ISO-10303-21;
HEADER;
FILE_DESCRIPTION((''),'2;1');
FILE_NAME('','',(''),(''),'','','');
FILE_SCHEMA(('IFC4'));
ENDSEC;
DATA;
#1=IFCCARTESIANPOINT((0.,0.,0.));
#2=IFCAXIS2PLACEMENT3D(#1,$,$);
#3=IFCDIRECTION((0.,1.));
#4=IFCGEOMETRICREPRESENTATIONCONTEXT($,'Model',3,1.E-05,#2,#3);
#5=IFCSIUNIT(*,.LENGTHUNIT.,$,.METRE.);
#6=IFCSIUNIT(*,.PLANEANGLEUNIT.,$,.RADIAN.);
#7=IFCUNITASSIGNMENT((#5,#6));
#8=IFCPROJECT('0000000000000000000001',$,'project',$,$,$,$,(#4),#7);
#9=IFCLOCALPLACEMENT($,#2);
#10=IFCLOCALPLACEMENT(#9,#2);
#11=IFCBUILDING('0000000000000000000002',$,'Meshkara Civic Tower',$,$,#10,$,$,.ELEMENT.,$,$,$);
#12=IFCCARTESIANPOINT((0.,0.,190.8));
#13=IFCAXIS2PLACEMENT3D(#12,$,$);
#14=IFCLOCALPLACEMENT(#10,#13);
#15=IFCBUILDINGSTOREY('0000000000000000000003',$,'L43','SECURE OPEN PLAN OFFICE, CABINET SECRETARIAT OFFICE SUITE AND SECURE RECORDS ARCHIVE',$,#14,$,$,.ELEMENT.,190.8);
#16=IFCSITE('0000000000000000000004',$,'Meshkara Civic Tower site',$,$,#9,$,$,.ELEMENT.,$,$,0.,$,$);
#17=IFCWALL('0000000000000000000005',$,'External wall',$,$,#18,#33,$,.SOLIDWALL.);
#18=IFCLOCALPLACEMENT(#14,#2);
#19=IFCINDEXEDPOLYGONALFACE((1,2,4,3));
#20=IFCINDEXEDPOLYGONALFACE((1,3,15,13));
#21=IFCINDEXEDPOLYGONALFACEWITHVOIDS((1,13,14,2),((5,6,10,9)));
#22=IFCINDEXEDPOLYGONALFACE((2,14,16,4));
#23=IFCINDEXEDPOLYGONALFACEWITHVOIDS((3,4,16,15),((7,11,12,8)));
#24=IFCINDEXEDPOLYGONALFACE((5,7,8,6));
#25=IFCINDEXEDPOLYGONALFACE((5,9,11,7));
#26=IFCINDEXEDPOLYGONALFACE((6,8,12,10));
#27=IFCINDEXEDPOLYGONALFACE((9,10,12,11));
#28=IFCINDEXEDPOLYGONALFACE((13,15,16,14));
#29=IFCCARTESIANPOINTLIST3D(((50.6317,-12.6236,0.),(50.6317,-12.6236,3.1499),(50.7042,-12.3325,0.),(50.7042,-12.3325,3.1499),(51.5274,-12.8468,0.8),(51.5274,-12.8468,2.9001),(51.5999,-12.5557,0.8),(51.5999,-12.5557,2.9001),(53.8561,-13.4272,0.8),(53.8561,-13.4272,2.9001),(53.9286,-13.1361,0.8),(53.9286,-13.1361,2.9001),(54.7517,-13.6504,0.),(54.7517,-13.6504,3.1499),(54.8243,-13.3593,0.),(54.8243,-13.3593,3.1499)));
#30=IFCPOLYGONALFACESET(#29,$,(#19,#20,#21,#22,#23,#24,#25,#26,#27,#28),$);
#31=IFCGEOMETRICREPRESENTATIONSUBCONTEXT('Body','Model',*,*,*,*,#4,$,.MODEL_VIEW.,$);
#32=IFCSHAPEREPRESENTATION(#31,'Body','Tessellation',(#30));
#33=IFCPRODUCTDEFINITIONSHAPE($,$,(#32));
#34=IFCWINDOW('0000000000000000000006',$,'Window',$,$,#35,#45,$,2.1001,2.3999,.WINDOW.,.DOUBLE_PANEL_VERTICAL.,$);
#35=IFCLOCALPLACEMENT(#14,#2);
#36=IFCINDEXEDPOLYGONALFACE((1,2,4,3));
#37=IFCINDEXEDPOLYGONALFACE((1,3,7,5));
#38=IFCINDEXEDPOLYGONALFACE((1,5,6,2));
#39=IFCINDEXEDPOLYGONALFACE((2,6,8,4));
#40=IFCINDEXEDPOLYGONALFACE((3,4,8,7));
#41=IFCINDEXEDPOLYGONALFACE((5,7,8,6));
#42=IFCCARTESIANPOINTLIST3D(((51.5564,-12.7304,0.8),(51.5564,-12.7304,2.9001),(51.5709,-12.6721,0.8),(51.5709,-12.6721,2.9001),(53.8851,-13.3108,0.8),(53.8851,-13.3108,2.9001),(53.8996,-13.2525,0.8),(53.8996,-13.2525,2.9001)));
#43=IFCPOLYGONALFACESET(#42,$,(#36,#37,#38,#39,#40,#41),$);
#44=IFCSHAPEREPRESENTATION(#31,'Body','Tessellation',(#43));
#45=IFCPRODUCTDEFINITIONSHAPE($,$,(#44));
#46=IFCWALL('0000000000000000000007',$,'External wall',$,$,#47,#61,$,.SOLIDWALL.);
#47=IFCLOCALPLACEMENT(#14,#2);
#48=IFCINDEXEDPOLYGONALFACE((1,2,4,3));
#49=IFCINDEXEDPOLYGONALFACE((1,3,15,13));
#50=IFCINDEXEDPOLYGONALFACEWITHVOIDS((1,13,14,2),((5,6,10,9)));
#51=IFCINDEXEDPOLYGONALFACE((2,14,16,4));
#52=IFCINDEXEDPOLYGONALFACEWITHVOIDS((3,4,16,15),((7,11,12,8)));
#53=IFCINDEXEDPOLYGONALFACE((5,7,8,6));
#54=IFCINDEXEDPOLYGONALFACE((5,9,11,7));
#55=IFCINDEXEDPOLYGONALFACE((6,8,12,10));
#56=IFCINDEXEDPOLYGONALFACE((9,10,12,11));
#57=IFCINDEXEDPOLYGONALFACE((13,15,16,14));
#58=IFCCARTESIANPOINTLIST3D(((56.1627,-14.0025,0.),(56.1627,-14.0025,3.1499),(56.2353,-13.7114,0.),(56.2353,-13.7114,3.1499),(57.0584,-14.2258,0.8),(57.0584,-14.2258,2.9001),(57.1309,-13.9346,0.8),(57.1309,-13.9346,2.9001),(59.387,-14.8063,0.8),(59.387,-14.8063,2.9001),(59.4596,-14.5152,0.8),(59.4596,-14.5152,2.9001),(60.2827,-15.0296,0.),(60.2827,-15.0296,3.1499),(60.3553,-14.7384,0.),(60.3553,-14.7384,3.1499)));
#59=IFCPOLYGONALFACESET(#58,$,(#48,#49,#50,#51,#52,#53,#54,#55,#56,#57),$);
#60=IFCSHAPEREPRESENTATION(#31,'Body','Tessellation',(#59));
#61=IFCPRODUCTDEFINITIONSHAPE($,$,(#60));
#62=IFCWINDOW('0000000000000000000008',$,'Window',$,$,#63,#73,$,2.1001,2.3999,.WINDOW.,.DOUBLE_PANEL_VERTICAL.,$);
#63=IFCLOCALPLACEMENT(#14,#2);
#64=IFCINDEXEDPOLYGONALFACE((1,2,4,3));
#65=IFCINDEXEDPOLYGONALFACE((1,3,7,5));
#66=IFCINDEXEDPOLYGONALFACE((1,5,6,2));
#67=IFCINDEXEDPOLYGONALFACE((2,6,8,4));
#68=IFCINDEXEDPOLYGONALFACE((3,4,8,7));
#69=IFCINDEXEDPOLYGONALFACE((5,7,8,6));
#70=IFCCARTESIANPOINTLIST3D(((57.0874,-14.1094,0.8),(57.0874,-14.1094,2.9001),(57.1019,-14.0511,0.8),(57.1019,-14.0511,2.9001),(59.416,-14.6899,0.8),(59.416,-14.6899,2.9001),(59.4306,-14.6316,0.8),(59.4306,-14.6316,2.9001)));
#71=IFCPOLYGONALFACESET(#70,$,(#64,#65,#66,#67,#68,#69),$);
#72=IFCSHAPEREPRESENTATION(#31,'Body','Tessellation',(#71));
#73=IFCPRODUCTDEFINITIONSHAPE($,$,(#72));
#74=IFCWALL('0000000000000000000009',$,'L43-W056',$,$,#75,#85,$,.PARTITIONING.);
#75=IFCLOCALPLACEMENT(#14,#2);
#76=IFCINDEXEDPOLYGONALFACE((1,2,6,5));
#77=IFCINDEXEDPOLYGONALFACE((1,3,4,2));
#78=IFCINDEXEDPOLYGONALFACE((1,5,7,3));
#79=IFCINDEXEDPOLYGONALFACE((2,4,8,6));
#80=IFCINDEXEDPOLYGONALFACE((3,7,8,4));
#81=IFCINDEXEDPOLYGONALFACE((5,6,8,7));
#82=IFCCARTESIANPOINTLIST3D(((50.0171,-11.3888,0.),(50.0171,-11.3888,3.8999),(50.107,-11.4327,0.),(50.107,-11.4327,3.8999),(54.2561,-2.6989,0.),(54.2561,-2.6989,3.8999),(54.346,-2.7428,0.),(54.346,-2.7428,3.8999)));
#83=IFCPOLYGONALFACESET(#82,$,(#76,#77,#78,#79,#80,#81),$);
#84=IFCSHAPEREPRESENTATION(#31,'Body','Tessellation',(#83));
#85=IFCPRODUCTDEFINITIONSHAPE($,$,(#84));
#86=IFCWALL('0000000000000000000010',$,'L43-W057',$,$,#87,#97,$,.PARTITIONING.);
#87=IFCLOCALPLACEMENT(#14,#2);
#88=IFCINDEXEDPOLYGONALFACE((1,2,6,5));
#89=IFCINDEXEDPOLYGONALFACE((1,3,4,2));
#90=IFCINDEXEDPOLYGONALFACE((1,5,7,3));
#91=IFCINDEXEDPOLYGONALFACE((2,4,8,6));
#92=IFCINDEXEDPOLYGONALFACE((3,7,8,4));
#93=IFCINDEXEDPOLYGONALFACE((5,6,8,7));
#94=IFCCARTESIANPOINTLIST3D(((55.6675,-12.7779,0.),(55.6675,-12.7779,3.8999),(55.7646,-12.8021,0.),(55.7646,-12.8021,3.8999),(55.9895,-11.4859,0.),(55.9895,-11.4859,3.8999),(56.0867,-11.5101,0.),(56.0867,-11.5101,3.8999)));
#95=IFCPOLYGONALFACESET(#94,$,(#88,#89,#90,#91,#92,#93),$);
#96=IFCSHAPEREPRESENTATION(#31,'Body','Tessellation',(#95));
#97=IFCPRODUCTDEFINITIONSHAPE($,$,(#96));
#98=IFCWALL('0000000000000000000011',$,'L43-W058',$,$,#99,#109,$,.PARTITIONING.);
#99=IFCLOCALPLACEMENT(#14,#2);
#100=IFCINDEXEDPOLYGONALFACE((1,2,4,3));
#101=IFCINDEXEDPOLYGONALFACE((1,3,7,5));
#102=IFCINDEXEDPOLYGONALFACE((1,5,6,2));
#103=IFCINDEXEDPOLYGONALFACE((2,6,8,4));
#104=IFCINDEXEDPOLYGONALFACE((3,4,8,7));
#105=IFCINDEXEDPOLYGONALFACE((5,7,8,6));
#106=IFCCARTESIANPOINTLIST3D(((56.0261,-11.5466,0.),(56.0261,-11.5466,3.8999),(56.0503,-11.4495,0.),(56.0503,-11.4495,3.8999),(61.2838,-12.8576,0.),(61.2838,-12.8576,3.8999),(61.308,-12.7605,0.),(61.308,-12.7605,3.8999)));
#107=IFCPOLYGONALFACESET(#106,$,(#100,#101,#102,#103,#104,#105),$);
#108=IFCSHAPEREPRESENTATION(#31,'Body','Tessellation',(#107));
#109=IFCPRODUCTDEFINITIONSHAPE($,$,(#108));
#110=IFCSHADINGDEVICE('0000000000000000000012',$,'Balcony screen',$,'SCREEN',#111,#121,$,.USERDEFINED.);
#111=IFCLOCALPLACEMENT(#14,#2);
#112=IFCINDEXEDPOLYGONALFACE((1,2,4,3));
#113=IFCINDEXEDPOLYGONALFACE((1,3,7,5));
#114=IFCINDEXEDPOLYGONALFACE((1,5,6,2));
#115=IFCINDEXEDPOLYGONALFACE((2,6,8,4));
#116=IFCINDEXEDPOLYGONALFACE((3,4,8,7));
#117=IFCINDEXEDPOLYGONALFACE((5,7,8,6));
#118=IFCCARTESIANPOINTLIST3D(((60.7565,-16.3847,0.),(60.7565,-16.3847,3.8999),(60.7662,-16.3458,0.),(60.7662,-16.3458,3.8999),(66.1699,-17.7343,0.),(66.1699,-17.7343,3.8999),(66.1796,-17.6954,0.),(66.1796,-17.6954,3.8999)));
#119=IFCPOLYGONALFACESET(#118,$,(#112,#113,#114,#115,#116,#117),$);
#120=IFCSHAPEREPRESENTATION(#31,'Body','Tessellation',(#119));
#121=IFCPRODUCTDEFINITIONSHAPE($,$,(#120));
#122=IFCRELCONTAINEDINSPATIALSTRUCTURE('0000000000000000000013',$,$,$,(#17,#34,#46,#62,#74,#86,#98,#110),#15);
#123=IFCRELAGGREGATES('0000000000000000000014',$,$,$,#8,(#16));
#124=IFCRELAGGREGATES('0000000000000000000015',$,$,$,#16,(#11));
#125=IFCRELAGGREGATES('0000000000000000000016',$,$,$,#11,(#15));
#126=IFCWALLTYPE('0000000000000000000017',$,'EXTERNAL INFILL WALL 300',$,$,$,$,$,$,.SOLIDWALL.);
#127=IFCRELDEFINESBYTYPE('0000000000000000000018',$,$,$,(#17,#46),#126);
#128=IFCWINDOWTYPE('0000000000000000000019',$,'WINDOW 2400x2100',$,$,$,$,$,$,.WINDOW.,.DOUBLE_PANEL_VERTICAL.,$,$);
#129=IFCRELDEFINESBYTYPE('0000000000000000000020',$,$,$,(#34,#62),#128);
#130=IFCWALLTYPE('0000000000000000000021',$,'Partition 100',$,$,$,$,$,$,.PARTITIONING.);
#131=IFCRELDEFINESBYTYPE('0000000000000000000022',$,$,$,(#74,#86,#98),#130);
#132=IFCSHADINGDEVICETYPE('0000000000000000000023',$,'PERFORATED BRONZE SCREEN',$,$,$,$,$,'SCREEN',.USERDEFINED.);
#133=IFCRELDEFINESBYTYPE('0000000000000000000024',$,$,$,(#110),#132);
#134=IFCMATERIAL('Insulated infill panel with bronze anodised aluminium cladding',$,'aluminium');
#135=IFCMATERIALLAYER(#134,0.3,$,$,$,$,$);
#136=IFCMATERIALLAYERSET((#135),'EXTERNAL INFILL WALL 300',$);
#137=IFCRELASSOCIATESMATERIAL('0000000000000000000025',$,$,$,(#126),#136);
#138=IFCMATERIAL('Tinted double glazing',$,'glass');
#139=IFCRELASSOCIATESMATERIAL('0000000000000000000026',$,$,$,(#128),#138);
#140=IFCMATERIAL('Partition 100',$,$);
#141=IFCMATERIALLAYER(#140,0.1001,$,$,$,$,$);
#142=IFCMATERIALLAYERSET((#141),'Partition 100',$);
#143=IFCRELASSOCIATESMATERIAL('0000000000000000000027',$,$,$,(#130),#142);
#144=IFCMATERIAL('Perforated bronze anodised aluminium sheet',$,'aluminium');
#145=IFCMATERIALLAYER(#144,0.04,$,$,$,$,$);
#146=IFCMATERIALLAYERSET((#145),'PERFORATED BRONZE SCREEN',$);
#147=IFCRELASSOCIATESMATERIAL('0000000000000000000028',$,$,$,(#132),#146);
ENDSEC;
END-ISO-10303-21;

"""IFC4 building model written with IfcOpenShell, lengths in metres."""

from ifc_helpers import new_model, si_unit, direction, frame, frame_2d, origin, origin_2d, place, context, subcontext, project, spatial, rectangle, extrude, material, layer, layer_set, type_object, element, fill, save


model = new_model("IFC4")

# Units and contexts
model_context = context("Model", 3, precision=1e-05, world=origin(), true_north=direction((0.0, 1.0)))
body_context = subcontext(model_context, "Body", "Model", "MODEL_VIEW")
ifc_project = project(units=[si_unit("LENGTHUNIT", "METRE"), si_unit("PLANEANGLEUNIT", "RADIAN")], contexts=[model_context])

# Site, building, storey
site_placement = place(None, origin())
site = spatial("IfcSite", under=ifc_project, at=site_placement, Name="Meshkara Civic Tower site", CompositionType="ELEMENT", RefElevation=0.0)
building_placement = place(site_placement, origin())
building = spatial("IfcBuilding", under=site, at=building_placement, Name="Meshkara Civic Tower", CompositionType="ELEMENT")
storey_placement = place(building_placement, frame((0.0, 0.0, 190.8)))
storey = spatial("IfcBuildingStorey", under=building, at=storey_placement, Name="L43", Description="SECURE OPEN PLAN OFFICE, CABINET SECRETARIAT OFFICE SUITE AND SECURE RECORDS ARCHIVE", CompositionType="ELEMENT", Elevation=190.8)

# Walls, openings, windows
ifc_material_1 = material(Name="Insulated infill panel with bronze anodised aluminium cladding", Category="aluminium")
ifc_layer_1 = layer(ifc_material_1, 0.3)
ifc_layer_set_1 = layer_set([ifc_layer_1], Name="EXTERNAL INFILL WALL 300")
wall_type_1 = type_object("IfcWallType", Name="EXTERNAL INFILL WALL 300", PredefinedType="SOLIDWALL", material=ifc_layer_set_1)
wall_1_placement = place(storey_placement, frame((50.668, -12.478, 0.0), z_axis=(0.0, 0.0, 1.0), x_axis=(0.970318, -0.241832, 0.0)))
wall_1 = element("IfcWall", 1, at=wall_1_placement, inside=storey, type_object=wall_type_1, Name="External wall", PredefinedType="SOLIDWALL", context=body_context, shape_type="SweptSolid", body=[
    extrude(rectangle(XDim=4.2461, YDim=0.3, at=frame_2d((2.123, 0.0))), origin(), (0.0, 0.0, 1.0), 3.1499),
])
opening_1_placement = place(wall_1_placement, frame((0.9231, 0.0, 0.8)))
opening_1 = element("IfcOpeningElement", 2, at=opening_1_placement, cuts=wall_1, PredefinedType="OPENING", context=body_context, shape_type="SweptSolid", body=[
    extrude(rectangle(XDim=2.3999, YDim=2.1001, at=frame_2d((1.2, 1.05))), frame((0.0, 0.1599, 0.0), z_axis=(0.0, -1.0, 0.0), x_axis=(1.0, 0.0, 0.0)), (0.0, 0.0, 1.0), 0.3201),
])
ifc_material_2 = material(Name="Tinted double glazing", Category="glass")
window_type = type_object("IfcWindowType", Name="WINDOW 2400x2100", PartitioningType="DOUBLE_PANEL_VERTICAL", PredefinedType="WINDOW", material=ifc_material_2)
window_1_placement = place(opening_1_placement, origin())
window_1 = element("IfcWindow", 3, at=window_1_placement, inside=storey, type_object=window_type, Name="Window", OverallHeight=2.1001, OverallWidth=2.3999, PartitioningType="DOUBLE_PANEL_VERTICAL", PredefinedType="WINDOW", context=body_context, shape_type="SweptSolid", body=[
    extrude(rectangle(XDim=2.3999, YDim=2.1001, at=frame_2d((1.2, 1.05))), frame((0.0, 0.03, 0.0), z_axis=(0.0, -1.0, 0.0), x_axis=(1.0, 0.0, 0.0)), (0.0, 0.0, 1.0), 0.0601),
])
fill(opening_1, window_1)
wall_2_placement = place(storey_placement, frame((56.199, -13.8569, 0.0), z_axis=(0.0, 0.0, 1.0), x_axis=(0.970305, -0.241886, 0.0)))
wall_2 = element("IfcWall", 4, at=wall_2_placement, inside=storey, type_object=wall_type_1, Name="External wall", PredefinedType="SOLIDWALL", context=body_context, shape_type="SweptSolid", body=[
    extrude(rectangle(XDim=4.2461, YDim=0.3, at=frame_2d((2.123, 0.0))), origin(), (0.0, 0.0, 1.0), 3.1499),
])
opening_2_placement = place(wall_2_placement, frame((0.9231, 0.0, 0.8)))
opening_2 = element("IfcOpeningElement", 5, at=opening_2_placement, cuts=wall_2, PredefinedType="OPENING", context=body_context, shape_type="SweptSolid", body=[
    extrude(rectangle(XDim=2.3999, YDim=2.1001, at=frame_2d((1.2, 1.05))), frame((0.0, 0.1599, 0.0), z_axis=(0.0, -1.0, 0.0), x_axis=(1.0, 0.0, 0.0)), (0.0, 0.0, 1.0), 0.3201),
])
window_2_placement = place(opening_2_placement, origin())
window_2 = element("IfcWindow", 6, at=window_2_placement, inside=storey, type_object=window_type, Name="Window", OverallHeight=2.1001, OverallWidth=2.3999, PartitioningType="DOUBLE_PANEL_VERTICAL", PredefinedType="WINDOW", context=body_context, shape_type="SweptSolid", body=[
    extrude(rectangle(XDim=2.3999, YDim=2.1001, at=frame_2d((1.2, 1.05))), frame((0.0, 0.03, 0.0), z_axis=(0.0, -1.0, 0.0), x_axis=(1.0, 0.0, 0.0)), (0.0, 0.0, 1.0), 0.0601),
])
fill(opening_2, window_2)

# Walls
ifc_material_3 = material(Name="Partition 100")
ifc_layer_2 = layer(ifc_material_3, 0.1001)
ifc_layer_set_2 = layer_set([ifc_layer_2], Name="Partition 100")
wall_type_2 = type_object("IfcWallType", Name="Partition 100", PredefinedType="PARTITIONING", material=ifc_layer_set_2)
wall_3_placement = place(storey_placement, frame((50.062, -11.4109, 0.0), z_axis=(0.0, 0.0, 1.0), x_axis=(0.438425, 0.898768, 0.0)))
element("IfcWall", 7, at=wall_3_placement, inside=storey, type_object=wall_type_2, Name="L43-W056", PredefinedType="PARTITIONING", context=body_context, shape_type="SweptSolid", body=[
    extrude(rectangle(XDim=9.6687, YDim=0.1001, at=frame_2d((4.8345, 0.0))), origin(), (0.0, 0.0, 1.0), 3.8999),
])
wall_4_placement = place(storey_placement, frame((55.7161, -12.79, 0.0), z_axis=(0.0, 0.0, 1.0), x_axis=(0.241845, 0.970315, 0.0)))
element("IfcWall", 8, at=wall_4_placement, inside=storey, type_object=wall_type_2, Name="L43-W057", PredefinedType="PARTITIONING", context=body_context, shape_type="SweptSolid", body=[
    extrude(rectangle(XDim=1.3315, YDim=0.1001, at=frame_2d((0.6658, 0.0))), origin(), (0.0, 0.0, 1.0), 3.8999),
])
wall_5_placement = place(storey_placement, frame((56.0381, -11.498, 0.0), z_axis=(0.0, 0.0, 1.0), x_axis=(0.970291, -0.241942, 0.0)))
element("IfcWall", 9, at=wall_5_placement, inside=storey, type_object=wall_type_2, Name="L43-W058", PredefinedType="PARTITIONING", context=body_context, shape_type="SweptSolid", body=[
    extrude(rectangle(XDim=5.4187, YDim=0.1001, at=frame_2d((2.7095, 0.0))), origin(), (0.0, 0.0, 1.0), 3.8999),
])

# Shading device
ifc_material_4 = material(Name="Perforated bronze anodised aluminium sheet", Category="aluminium")
ifc_layer_3 = layer(ifc_material_4, 0.04)
ifc_layer_set_3 = layer_set([ifc_layer_3], Name="PERFORATED BRONZE SCREEN")
shading_device_type = type_object("IfcShadingDeviceType", Name="PERFORATED BRONZE SCREEN", ElementType="SCREEN", PredefinedType="USERDEFINED", material=ifc_layer_set_3)
shading_device_placement = place(storey_placement, frame((63.468, -17.04, 0.0), z_axis=(0.0, 0.0, 1.0), x_axis=(0.9703, -0.241905, 0.0)))
element("IfcShadingDevice", 10, at=shading_device_placement, inside=storey, type_object=shading_device_type, Name="Balcony screen", ObjectType="SCREEN", PredefinedType="USERDEFINED", context=body_context, shape_type="SweptSolid", body=[
    extrude(rectangle(XDim=5.5791, YDim=0.04, at=origin_2d()), origin(), (0.0, 0.0, 1.0), 3.8999),
])

save(model, "model.ifc")
